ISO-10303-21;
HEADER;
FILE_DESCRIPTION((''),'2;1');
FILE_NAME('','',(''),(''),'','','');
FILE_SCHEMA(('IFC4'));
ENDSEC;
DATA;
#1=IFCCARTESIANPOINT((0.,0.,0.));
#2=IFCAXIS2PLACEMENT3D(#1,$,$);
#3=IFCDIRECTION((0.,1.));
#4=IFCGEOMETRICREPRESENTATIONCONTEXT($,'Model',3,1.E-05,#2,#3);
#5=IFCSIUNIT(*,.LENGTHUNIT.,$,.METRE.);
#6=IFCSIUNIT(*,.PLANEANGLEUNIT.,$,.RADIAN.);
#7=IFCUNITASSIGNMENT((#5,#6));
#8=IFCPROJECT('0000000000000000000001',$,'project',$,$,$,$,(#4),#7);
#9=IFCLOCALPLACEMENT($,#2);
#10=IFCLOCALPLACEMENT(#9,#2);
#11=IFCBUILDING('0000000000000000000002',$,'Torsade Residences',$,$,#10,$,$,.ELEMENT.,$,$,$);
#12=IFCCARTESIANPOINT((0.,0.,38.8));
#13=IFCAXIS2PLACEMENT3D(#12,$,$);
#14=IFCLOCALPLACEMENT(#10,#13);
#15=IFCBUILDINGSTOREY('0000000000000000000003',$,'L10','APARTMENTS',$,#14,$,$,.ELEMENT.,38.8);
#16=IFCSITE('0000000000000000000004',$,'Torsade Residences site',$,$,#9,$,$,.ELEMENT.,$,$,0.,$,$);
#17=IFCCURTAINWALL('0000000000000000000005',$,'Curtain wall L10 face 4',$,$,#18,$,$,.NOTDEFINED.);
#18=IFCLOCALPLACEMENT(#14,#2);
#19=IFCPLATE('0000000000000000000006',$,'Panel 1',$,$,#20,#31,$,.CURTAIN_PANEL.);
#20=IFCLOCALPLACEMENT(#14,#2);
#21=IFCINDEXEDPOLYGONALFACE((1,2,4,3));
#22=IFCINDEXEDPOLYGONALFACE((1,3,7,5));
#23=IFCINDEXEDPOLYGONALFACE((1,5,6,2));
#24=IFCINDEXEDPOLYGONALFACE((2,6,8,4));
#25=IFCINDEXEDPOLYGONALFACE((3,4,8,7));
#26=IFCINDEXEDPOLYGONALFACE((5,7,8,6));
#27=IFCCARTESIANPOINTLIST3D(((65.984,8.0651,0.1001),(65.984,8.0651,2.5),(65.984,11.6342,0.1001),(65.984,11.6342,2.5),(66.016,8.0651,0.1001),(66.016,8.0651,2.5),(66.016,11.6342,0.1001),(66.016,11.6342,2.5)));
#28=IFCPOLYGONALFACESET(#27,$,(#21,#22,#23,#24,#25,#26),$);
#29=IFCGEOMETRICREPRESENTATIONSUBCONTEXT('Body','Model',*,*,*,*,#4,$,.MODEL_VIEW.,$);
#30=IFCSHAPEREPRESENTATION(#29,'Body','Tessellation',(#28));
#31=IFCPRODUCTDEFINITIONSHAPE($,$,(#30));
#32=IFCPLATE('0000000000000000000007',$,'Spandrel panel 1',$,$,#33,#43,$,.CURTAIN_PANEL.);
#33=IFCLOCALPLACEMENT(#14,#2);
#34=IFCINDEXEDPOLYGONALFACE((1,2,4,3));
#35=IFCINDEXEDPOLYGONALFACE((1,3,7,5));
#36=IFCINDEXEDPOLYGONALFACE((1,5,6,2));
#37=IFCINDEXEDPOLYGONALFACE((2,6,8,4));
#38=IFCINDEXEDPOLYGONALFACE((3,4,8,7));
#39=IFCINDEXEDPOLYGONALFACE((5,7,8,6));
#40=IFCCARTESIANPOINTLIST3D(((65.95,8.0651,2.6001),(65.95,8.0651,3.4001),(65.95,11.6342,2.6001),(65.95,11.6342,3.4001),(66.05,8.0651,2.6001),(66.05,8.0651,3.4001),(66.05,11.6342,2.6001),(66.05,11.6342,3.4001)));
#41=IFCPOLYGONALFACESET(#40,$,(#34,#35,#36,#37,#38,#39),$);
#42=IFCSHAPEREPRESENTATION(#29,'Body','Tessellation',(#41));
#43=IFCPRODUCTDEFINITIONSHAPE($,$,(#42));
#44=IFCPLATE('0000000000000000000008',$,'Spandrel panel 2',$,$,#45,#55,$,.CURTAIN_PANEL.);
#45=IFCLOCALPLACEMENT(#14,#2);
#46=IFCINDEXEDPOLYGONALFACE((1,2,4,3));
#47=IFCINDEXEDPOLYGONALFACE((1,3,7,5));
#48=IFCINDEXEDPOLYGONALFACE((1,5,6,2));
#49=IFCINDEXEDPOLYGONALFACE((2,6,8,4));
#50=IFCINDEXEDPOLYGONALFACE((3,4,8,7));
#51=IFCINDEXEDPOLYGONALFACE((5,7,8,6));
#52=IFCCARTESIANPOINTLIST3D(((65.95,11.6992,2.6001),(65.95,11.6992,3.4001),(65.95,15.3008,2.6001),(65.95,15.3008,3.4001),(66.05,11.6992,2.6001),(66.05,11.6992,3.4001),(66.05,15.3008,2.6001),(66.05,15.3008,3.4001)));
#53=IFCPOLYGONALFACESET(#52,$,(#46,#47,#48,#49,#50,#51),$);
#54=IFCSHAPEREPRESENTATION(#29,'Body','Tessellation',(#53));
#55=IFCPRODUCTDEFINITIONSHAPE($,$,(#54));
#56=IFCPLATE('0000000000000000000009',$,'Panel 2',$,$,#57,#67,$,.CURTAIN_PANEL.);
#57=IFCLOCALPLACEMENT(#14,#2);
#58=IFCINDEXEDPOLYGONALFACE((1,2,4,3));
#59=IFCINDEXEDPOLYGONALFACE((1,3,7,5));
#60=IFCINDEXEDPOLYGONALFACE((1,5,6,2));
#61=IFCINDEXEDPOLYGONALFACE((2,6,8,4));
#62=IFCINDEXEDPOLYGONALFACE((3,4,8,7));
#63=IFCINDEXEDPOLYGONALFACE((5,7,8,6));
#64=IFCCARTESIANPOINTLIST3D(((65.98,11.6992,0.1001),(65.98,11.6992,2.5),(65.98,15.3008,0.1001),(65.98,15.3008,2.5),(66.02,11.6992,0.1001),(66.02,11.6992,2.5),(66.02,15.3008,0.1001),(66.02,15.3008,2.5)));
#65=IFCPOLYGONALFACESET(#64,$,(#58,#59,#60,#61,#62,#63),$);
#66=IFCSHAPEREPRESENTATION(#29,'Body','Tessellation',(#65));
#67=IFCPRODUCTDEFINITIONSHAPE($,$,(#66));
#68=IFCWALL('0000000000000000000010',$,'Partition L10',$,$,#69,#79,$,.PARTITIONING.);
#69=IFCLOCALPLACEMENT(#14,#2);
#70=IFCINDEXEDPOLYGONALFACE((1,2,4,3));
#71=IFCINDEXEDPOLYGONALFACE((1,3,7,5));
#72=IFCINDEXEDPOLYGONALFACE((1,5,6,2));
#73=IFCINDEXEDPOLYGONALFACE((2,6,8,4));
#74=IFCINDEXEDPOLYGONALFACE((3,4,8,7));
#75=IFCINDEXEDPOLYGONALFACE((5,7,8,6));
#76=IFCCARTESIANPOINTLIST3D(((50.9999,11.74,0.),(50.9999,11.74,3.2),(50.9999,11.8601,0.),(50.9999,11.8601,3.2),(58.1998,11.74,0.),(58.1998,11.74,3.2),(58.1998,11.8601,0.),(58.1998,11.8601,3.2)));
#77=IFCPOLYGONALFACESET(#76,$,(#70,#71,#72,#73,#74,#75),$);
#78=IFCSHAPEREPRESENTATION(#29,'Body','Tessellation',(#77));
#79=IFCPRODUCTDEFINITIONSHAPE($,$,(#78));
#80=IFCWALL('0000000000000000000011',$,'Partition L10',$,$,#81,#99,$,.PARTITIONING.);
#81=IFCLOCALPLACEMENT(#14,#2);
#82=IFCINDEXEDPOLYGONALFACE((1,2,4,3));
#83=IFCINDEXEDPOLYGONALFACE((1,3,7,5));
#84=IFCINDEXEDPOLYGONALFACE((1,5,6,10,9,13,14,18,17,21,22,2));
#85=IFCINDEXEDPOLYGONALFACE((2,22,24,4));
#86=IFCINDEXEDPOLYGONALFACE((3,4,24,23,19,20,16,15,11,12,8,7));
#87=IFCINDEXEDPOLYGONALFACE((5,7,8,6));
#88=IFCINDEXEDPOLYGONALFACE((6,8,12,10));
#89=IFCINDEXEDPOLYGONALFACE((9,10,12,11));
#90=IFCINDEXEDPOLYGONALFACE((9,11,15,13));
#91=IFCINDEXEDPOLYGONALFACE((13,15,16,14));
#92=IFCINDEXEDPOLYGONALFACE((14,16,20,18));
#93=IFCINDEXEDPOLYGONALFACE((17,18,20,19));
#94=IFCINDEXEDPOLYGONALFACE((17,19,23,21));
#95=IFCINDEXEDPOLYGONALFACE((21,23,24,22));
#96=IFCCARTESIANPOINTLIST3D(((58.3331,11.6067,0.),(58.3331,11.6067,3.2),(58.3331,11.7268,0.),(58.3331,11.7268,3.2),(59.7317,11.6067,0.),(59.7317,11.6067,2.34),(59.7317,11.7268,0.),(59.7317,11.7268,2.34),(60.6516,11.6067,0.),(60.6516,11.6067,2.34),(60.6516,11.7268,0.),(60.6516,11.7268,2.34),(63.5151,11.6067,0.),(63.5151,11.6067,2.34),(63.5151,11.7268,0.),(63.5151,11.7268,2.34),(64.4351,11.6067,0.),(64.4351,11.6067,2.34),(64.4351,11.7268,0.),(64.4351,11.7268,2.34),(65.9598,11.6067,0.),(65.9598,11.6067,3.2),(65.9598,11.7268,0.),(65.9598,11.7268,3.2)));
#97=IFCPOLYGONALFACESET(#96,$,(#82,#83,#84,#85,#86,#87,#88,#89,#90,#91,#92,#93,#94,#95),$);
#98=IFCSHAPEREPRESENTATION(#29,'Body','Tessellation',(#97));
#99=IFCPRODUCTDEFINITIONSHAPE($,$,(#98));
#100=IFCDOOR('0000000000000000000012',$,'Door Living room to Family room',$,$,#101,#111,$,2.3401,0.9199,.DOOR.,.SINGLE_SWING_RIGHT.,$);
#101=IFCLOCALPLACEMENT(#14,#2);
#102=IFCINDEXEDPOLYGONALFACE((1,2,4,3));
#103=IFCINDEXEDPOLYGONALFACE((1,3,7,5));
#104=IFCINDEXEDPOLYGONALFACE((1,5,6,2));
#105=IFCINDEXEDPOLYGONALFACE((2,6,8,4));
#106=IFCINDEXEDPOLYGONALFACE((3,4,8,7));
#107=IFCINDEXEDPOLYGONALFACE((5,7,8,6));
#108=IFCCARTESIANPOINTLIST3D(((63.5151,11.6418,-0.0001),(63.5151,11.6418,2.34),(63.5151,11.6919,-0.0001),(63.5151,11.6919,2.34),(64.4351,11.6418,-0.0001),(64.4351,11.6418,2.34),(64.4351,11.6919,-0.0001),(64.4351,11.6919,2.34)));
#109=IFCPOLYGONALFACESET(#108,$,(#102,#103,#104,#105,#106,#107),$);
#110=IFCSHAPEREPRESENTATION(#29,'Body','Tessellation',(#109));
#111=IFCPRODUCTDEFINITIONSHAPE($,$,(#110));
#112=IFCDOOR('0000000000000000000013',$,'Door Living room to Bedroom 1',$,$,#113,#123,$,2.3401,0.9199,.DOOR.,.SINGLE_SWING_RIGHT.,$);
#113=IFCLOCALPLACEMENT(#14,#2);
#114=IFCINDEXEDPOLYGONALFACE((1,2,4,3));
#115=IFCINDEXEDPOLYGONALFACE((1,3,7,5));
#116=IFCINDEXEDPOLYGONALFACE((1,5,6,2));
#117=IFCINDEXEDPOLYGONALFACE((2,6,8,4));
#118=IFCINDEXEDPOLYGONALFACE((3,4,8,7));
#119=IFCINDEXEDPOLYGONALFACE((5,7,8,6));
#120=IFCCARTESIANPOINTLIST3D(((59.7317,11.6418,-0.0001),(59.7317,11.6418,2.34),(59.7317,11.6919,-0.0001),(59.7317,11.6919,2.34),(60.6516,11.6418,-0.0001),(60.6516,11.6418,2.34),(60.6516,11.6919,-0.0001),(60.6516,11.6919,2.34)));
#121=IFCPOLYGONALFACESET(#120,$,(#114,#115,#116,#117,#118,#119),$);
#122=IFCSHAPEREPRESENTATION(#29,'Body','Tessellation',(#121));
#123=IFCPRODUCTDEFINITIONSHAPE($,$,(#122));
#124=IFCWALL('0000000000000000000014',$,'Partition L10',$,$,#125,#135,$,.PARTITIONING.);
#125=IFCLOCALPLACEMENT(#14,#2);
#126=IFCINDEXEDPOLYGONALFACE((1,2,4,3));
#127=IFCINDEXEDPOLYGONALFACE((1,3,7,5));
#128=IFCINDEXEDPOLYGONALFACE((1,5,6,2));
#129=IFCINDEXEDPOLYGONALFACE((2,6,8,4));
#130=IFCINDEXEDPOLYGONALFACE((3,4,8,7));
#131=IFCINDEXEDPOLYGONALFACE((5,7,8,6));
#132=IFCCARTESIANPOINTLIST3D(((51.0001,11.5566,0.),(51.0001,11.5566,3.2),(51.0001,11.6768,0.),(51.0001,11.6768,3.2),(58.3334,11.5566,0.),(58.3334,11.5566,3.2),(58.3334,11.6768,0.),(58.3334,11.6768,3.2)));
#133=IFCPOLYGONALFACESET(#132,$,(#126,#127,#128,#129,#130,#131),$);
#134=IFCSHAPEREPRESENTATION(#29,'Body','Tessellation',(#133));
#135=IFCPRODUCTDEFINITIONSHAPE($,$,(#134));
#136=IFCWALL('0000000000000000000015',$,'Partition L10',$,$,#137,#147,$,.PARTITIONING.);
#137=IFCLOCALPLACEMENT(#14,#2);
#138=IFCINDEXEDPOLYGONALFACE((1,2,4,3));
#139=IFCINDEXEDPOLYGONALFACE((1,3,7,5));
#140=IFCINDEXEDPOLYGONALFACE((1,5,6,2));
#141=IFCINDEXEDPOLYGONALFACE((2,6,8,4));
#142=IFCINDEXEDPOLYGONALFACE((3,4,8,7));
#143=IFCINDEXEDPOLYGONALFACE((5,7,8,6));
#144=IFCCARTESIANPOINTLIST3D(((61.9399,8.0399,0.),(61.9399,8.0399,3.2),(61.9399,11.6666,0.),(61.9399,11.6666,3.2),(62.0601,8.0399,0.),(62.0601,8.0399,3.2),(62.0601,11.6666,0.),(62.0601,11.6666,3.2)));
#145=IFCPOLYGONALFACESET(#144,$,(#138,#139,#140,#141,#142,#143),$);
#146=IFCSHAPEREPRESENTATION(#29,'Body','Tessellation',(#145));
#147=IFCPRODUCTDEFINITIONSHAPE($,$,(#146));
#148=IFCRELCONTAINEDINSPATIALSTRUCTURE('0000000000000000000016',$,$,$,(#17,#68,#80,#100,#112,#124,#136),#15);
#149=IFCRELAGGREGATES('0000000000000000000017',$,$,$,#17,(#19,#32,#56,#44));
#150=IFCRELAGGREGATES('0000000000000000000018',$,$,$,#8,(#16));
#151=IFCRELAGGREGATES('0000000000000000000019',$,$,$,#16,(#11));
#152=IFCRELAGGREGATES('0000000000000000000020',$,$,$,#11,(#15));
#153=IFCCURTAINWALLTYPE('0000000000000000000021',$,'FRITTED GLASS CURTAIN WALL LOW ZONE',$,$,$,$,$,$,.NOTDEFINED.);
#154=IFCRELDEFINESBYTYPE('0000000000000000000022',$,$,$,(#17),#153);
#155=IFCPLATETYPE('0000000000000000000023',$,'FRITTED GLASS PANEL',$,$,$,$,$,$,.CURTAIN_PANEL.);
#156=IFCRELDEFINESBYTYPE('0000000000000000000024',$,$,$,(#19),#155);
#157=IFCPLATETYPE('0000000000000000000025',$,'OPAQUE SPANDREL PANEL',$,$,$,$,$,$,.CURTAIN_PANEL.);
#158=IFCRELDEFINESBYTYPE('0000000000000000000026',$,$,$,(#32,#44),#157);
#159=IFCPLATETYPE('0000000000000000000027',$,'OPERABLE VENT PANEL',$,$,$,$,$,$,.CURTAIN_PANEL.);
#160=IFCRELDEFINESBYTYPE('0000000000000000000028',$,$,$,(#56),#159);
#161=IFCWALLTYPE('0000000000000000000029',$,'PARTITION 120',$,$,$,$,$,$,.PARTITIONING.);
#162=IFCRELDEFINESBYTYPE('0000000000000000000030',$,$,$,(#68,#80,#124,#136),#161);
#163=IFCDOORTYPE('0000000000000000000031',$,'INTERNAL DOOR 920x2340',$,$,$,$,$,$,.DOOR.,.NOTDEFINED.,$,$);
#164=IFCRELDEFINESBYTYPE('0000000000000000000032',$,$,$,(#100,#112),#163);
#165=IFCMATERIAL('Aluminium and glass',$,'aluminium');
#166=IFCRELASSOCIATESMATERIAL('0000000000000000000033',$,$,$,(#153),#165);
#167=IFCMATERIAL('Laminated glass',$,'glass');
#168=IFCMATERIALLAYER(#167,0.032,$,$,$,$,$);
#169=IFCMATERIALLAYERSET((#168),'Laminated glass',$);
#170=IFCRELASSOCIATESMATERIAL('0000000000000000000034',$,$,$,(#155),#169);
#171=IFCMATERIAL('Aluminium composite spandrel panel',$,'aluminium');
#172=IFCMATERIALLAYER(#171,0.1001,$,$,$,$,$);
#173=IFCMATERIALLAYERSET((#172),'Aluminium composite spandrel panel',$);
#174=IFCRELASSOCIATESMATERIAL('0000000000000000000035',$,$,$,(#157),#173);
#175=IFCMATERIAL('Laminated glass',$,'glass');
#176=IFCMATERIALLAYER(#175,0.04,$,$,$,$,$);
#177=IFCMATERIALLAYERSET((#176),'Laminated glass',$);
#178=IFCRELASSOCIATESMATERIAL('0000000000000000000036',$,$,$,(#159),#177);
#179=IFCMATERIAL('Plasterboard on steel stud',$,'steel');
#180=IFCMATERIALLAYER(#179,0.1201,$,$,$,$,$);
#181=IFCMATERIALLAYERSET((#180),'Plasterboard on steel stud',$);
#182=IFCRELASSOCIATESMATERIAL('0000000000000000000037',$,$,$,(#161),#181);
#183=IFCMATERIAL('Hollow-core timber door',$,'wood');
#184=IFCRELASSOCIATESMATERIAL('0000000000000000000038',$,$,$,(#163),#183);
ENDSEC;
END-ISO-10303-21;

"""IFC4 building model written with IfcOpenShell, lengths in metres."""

from ifc_helpers import new_model, si_unit, direction, frame, frame_2d, origin, origin_2d, place, context, subcontext, project, spatial, rectangle, extrude, material, layer, layer_set, type_object, element, fill, aggregate, save


model = new_model("IFC4")

# Units and contexts
model_context = context("Model", 3, precision=1e-05, world=origin(), true_north=direction((0.0, 1.0)))
body_context = subcontext(model_context, "Body", "Model", "MODEL_VIEW")
ifc_project = project(units=[si_unit("LENGTHUNIT", "METRE"), si_unit("PLANEANGLEUNIT", "RADIAN")], contexts=[model_context])

# Site, building, storey
site_placement = place(None, origin())
site = spatial("IfcSite", under=ifc_project, at=site_placement, Name="Torsade Residences site", CompositionType="ELEMENT", RefElevation=0.0)
building_placement = place(site_placement, origin())
building = spatial("IfcBuilding", under=site, at=building_placement, Name="Torsade Residences", CompositionType="ELEMENT")
storey_placement = place(building_placement, frame((0.0, 0.0, 38.8)))
storey = spatial("IfcBuildingStorey", under=building, at=storey_placement, Name="L10", Description="APARTMENTS", CompositionType="ELEMENT", Elevation=38.8)

# Curtain wall
ifc_material_1 = material(Name="Aluminium and glass", Category="aluminium")
curtain_wall_type = type_object("IfcCurtainWallType", Name="FRITTED GLASS CURTAIN WALL LOW ZONE", PredefinedType="NOTDEFINED", material=ifc_material_1)
curtain_wall_placement = place(storey_placement, origin())
curtain_wall = element("IfcCurtainWall", 1, at=curtain_wall_placement, inside=storey, type_object=curtain_wall_type, Name="Curtain wall L10 face 4", PredefinedType="NOTDEFINED")

# Plates
ifc_material_2 = material(Name="Laminated glass", Category="glass")
ifc_layer_1 = layer(ifc_material_2, 0.032)
ifc_layer_set_1 = layer_set([ifc_layer_1], Name="Laminated glass")
plate_type_1 = type_object("IfcPlateType", Name="FRITTED GLASS PANEL", PredefinedType="CURTAIN_PANEL", material=ifc_layer_set_1)
plate_1_placement = place(storey_placement, frame((66.0, 9.8496, 0.1001), z_axis=(0.0, 0.0, 1.0), x_axis=(0.0, 1.0, 0.0)))
plate_1 = element("IfcPlate", 2, at=plate_1_placement, type_object=plate_type_1, Name="Panel 1", PredefinedType="CURTAIN_PANEL", context=body_context, shape_type="SweptSolid", body=[
    extrude(rectangle(XDim=3.5691, YDim=0.032, at=origin_2d()), origin(), (0.0, 0.0, 1.0), 2.3999),
])
ifc_material_3 = material(Name="Aluminium composite spandrel panel", Category="aluminium")
ifc_layer_2 = layer(ifc_material_3, 0.1001)
ifc_layer_set_2 = layer_set([ifc_layer_2], Name="Aluminium composite spandrel panel")
plate_type_2 = type_object("IfcPlateType", Name="OPAQUE SPANDREL PANEL", PredefinedType="CURTAIN_PANEL", material=ifc_layer_set_2)
plate_2_placement = place(storey_placement, frame((66.0, 9.8496, 2.6001), z_axis=(0.0, 0.0, 1.0), x_axis=(0.0, 1.0, 0.0)))
plate_2 = element("IfcPlate", 3, at=plate_2_placement, type_object=plate_type_2, Name="Spandrel panel 1", PredefinedType="CURTAIN_PANEL", context=body_context, shape_type="SweptSolid", body=[
    extrude(rectangle(XDim=3.5691, YDim=0.1001, at=origin_2d()), origin(), (0.0, 0.0, 1.0), 0.8),
])
plate_3_placement = place(storey_placement, frame((66.0, 13.5, 2.6001), z_axis=(0.0, 0.0, 1.0), x_axis=(0.0, 1.0, 0.0)))
plate_3 = element("IfcPlate", 4, at=plate_3_placement, type_object=plate_type_2, Name="Spandrel panel 2", PredefinedType="CURTAIN_PANEL", context=body_context, shape_type="SweptSolid", body=[
    extrude(rectangle(XDim=3.6016, YDim=0.1001, at=origin_2d()), origin(), (0.0, 0.0, 1.0), 0.8),
])
ifc_material_4 = material(Name="Laminated glass", Category="glass")
ifc_layer_3 = layer(ifc_material_4, 0.04)
ifc_layer_set_3 = layer_set([ifc_layer_3], Name="Laminated glass")
plate_type_3 = type_object("IfcPlateType", Name="OPERABLE VENT PANEL", PredefinedType="CURTAIN_PANEL", material=ifc_layer_set_3)
plate_4_placement = place(storey_placement, frame((66.0, 13.5, 0.1001), z_axis=(0.0, 0.0, 1.0), x_axis=(0.0, 1.0, 0.0)))
plate_4 = element("IfcPlate", 5, at=plate_4_placement, type_object=plate_type_3, Name="Panel 2", PredefinedType="CURTAIN_PANEL", context=body_context, shape_type="SweptSolid", body=[
    extrude(rectangle(XDim=3.6016, YDim=0.04, at=origin_2d()), origin(), (0.0, 0.0, 1.0), 2.3999),
])
aggregate(curtain_wall, [plate_1, plate_2, plate_4, plate_3])

# Wall
ifc_material_5 = material(Name="Plasterboard on steel stud", Category="steel")
ifc_layer_4 = layer(ifc_material_5, 0.1201)
ifc_layer_set_4 = layer_set([ifc_layer_4], Name="Plasterboard on steel stud")
wall_type = type_object("IfcWallType", Name="PARTITION 120", PredefinedType="PARTITIONING", material=ifc_layer_set_4)
wall_1_placement = place(storey_placement, frame((58.2, 11.8, 0.0), z_axis=(0.0, 0.0, 1.0), x_axis=(-1.0, 0.0, 0.0)))
element("IfcWall", 6, at=wall_1_placement, inside=storey, type_object=wall_type, Name="Partition L10", PredefinedType="PARTITIONING", context=body_context, shape_type="SweptSolid", body=[
    extrude(rectangle(XDim=7.2, YDim=0.1201, at=frame_2d((3.6001, 0.0))), origin(), (0.0, 0.0, 1.0), 3.2),
])

# Wall, openings, doors
wall_2_placement = place(storey_placement, frame((65.96, 11.6667, 0.0), z_axis=(0.0, 0.0, 1.0), x_axis=(-1.0, 0.0, 0.0)))
wall_2 = element("IfcWall", 7, at=wall_2_placement, inside=storey, type_object=wall_type, Name="Partition L10", PredefinedType="PARTITIONING", context=body_context, shape_type="SweptSolid", body=[
    extrude(rectangle(XDim=7.6267, YDim=0.1201, at=frame_2d((3.8135, 0.0))), origin(), (0.0, 0.0, 1.0), 3.2),
])
opening_1_placement = place(wall_2_placement, frame((1.5249, 0.0, 0.0)))
opening_1 = element("IfcOpeningElement", 8, at=opening_1_placement, cuts=wall_2, PredefinedType="OPENING", context=body_context, shape_type="SweptSolid", body=[
    extrude(rectangle(XDim=0.9199, YDim=2.3401, at=frame_2d((0.46, 1.1699))), frame((0.0, 0.0701, 0.0), z_axis=(0.0, -1.0, 0.0), x_axis=(1.0, 0.0, 0.0)), (0.0, 0.0, 1.0), 0.1401),
])
opening_2_placement = place(wall_2_placement, frame((5.3083, 0.0, 0.0)))
opening_2 = element("IfcOpeningElement", 9, at=opening_2_placement, cuts=wall_2, PredefinedType="OPENING", context=body_context, shape_type="SweptSolid", body=[
    extrude(rectangle(XDim=0.9199, YDim=2.3401, at=frame_2d((0.46, 1.1699))), frame((0.0, 0.0701, 0.0), z_axis=(0.0, -1.0, 0.0), x_axis=(1.0, 0.0, 0.0)), (0.0, 0.0, 1.0), 0.1401),
])
ifc_material_6 = material(Name="Hollow-core timber door", Category="wood")
door_type = type_object("IfcDoorType", Name="INTERNAL DOOR 920x2340", OperationType="NOTDEFINED", PredefinedType="DOOR", material=ifc_material_6)
door_1_placement = place(opening_1_placement, origin())
door_1 = element("IfcDoor", 10, at=door_1_placement, inside=storey, type_object=door_type, Name="Door Living room to Family room", OperationType="SINGLE_SWING_RIGHT", OverallHeight=2.3401, OverallWidth=0.9199, PredefinedType="DOOR", context=body_context, shape_type="SweptSolid", body=[
    extrude(rectangle(XDim=0.9199, YDim=2.3401, at=frame_2d((0.46, 1.1699))), frame((0.0, 0.0249, 0.0), z_axis=(0.0, -1.0, 0.0), x_axis=(1.0, 0.0, 0.0)), (0.0, 0.0, 1.0), 0.05),
])
fill(opening_1, door_1)
door_2_placement = place(opening_2_placement, origin())
door_2 = element("IfcDoor", 11, at=door_2_placement, inside=storey, type_object=door_type, Name="Door Living room to Bedroom 1", OperationType="SINGLE_SWING_RIGHT", OverallHeight=2.3401, OverallWidth=0.9199, PredefinedType="DOOR", context=body_context, shape_type="SweptSolid", body=[
    extrude(rectangle(XDim=0.9199, YDim=2.3401, at=frame_2d((0.46, 1.1699))), frame((0.0, 0.0249, 0.0), z_axis=(0.0, -1.0, 0.0), x_axis=(1.0, 0.0, 0.0)), (0.0, 0.0, 1.0), 0.05),
])
fill(opening_2, door_2)

# Walls
wall_3_placement = place(storey_placement, frame((58.3333, 11.6167, 0.0), z_axis=(0.0, 0.0, 1.0), x_axis=(-1.0, 0.0, 0.0)))
element("IfcWall", 12, at=wall_3_placement, inside=storey, type_object=wall_type, Name="Partition L10", PredefinedType="PARTITIONING", context=body_context, shape_type="SweptSolid", body=[
    extrude(rectangle(XDim=7.3333, YDim=0.1201, at=frame_2d((3.6665, 0.0))), origin(), (0.0, 0.0, 1.0), 3.2),
])
wall_4_placement = place(storey_placement, frame((62.0, 11.6667, 0.0), z_axis=(0.0, 0.0, 1.0), x_axis=(0.0, -1.0, 0.0)))
element("IfcWall", 13, at=wall_4_placement, inside=storey, type_object=wall_type, Name="Partition L10", PredefinedType="PARTITIONING", context=body_context, shape_type="SweptSolid", body=[
    extrude(rectangle(XDim=3.6267, YDim=0.1201, at=frame_2d((1.8135, 0.0))), origin(), (0.0, 0.0, 1.0), 3.2),
])

save(model, "model.ifc")
